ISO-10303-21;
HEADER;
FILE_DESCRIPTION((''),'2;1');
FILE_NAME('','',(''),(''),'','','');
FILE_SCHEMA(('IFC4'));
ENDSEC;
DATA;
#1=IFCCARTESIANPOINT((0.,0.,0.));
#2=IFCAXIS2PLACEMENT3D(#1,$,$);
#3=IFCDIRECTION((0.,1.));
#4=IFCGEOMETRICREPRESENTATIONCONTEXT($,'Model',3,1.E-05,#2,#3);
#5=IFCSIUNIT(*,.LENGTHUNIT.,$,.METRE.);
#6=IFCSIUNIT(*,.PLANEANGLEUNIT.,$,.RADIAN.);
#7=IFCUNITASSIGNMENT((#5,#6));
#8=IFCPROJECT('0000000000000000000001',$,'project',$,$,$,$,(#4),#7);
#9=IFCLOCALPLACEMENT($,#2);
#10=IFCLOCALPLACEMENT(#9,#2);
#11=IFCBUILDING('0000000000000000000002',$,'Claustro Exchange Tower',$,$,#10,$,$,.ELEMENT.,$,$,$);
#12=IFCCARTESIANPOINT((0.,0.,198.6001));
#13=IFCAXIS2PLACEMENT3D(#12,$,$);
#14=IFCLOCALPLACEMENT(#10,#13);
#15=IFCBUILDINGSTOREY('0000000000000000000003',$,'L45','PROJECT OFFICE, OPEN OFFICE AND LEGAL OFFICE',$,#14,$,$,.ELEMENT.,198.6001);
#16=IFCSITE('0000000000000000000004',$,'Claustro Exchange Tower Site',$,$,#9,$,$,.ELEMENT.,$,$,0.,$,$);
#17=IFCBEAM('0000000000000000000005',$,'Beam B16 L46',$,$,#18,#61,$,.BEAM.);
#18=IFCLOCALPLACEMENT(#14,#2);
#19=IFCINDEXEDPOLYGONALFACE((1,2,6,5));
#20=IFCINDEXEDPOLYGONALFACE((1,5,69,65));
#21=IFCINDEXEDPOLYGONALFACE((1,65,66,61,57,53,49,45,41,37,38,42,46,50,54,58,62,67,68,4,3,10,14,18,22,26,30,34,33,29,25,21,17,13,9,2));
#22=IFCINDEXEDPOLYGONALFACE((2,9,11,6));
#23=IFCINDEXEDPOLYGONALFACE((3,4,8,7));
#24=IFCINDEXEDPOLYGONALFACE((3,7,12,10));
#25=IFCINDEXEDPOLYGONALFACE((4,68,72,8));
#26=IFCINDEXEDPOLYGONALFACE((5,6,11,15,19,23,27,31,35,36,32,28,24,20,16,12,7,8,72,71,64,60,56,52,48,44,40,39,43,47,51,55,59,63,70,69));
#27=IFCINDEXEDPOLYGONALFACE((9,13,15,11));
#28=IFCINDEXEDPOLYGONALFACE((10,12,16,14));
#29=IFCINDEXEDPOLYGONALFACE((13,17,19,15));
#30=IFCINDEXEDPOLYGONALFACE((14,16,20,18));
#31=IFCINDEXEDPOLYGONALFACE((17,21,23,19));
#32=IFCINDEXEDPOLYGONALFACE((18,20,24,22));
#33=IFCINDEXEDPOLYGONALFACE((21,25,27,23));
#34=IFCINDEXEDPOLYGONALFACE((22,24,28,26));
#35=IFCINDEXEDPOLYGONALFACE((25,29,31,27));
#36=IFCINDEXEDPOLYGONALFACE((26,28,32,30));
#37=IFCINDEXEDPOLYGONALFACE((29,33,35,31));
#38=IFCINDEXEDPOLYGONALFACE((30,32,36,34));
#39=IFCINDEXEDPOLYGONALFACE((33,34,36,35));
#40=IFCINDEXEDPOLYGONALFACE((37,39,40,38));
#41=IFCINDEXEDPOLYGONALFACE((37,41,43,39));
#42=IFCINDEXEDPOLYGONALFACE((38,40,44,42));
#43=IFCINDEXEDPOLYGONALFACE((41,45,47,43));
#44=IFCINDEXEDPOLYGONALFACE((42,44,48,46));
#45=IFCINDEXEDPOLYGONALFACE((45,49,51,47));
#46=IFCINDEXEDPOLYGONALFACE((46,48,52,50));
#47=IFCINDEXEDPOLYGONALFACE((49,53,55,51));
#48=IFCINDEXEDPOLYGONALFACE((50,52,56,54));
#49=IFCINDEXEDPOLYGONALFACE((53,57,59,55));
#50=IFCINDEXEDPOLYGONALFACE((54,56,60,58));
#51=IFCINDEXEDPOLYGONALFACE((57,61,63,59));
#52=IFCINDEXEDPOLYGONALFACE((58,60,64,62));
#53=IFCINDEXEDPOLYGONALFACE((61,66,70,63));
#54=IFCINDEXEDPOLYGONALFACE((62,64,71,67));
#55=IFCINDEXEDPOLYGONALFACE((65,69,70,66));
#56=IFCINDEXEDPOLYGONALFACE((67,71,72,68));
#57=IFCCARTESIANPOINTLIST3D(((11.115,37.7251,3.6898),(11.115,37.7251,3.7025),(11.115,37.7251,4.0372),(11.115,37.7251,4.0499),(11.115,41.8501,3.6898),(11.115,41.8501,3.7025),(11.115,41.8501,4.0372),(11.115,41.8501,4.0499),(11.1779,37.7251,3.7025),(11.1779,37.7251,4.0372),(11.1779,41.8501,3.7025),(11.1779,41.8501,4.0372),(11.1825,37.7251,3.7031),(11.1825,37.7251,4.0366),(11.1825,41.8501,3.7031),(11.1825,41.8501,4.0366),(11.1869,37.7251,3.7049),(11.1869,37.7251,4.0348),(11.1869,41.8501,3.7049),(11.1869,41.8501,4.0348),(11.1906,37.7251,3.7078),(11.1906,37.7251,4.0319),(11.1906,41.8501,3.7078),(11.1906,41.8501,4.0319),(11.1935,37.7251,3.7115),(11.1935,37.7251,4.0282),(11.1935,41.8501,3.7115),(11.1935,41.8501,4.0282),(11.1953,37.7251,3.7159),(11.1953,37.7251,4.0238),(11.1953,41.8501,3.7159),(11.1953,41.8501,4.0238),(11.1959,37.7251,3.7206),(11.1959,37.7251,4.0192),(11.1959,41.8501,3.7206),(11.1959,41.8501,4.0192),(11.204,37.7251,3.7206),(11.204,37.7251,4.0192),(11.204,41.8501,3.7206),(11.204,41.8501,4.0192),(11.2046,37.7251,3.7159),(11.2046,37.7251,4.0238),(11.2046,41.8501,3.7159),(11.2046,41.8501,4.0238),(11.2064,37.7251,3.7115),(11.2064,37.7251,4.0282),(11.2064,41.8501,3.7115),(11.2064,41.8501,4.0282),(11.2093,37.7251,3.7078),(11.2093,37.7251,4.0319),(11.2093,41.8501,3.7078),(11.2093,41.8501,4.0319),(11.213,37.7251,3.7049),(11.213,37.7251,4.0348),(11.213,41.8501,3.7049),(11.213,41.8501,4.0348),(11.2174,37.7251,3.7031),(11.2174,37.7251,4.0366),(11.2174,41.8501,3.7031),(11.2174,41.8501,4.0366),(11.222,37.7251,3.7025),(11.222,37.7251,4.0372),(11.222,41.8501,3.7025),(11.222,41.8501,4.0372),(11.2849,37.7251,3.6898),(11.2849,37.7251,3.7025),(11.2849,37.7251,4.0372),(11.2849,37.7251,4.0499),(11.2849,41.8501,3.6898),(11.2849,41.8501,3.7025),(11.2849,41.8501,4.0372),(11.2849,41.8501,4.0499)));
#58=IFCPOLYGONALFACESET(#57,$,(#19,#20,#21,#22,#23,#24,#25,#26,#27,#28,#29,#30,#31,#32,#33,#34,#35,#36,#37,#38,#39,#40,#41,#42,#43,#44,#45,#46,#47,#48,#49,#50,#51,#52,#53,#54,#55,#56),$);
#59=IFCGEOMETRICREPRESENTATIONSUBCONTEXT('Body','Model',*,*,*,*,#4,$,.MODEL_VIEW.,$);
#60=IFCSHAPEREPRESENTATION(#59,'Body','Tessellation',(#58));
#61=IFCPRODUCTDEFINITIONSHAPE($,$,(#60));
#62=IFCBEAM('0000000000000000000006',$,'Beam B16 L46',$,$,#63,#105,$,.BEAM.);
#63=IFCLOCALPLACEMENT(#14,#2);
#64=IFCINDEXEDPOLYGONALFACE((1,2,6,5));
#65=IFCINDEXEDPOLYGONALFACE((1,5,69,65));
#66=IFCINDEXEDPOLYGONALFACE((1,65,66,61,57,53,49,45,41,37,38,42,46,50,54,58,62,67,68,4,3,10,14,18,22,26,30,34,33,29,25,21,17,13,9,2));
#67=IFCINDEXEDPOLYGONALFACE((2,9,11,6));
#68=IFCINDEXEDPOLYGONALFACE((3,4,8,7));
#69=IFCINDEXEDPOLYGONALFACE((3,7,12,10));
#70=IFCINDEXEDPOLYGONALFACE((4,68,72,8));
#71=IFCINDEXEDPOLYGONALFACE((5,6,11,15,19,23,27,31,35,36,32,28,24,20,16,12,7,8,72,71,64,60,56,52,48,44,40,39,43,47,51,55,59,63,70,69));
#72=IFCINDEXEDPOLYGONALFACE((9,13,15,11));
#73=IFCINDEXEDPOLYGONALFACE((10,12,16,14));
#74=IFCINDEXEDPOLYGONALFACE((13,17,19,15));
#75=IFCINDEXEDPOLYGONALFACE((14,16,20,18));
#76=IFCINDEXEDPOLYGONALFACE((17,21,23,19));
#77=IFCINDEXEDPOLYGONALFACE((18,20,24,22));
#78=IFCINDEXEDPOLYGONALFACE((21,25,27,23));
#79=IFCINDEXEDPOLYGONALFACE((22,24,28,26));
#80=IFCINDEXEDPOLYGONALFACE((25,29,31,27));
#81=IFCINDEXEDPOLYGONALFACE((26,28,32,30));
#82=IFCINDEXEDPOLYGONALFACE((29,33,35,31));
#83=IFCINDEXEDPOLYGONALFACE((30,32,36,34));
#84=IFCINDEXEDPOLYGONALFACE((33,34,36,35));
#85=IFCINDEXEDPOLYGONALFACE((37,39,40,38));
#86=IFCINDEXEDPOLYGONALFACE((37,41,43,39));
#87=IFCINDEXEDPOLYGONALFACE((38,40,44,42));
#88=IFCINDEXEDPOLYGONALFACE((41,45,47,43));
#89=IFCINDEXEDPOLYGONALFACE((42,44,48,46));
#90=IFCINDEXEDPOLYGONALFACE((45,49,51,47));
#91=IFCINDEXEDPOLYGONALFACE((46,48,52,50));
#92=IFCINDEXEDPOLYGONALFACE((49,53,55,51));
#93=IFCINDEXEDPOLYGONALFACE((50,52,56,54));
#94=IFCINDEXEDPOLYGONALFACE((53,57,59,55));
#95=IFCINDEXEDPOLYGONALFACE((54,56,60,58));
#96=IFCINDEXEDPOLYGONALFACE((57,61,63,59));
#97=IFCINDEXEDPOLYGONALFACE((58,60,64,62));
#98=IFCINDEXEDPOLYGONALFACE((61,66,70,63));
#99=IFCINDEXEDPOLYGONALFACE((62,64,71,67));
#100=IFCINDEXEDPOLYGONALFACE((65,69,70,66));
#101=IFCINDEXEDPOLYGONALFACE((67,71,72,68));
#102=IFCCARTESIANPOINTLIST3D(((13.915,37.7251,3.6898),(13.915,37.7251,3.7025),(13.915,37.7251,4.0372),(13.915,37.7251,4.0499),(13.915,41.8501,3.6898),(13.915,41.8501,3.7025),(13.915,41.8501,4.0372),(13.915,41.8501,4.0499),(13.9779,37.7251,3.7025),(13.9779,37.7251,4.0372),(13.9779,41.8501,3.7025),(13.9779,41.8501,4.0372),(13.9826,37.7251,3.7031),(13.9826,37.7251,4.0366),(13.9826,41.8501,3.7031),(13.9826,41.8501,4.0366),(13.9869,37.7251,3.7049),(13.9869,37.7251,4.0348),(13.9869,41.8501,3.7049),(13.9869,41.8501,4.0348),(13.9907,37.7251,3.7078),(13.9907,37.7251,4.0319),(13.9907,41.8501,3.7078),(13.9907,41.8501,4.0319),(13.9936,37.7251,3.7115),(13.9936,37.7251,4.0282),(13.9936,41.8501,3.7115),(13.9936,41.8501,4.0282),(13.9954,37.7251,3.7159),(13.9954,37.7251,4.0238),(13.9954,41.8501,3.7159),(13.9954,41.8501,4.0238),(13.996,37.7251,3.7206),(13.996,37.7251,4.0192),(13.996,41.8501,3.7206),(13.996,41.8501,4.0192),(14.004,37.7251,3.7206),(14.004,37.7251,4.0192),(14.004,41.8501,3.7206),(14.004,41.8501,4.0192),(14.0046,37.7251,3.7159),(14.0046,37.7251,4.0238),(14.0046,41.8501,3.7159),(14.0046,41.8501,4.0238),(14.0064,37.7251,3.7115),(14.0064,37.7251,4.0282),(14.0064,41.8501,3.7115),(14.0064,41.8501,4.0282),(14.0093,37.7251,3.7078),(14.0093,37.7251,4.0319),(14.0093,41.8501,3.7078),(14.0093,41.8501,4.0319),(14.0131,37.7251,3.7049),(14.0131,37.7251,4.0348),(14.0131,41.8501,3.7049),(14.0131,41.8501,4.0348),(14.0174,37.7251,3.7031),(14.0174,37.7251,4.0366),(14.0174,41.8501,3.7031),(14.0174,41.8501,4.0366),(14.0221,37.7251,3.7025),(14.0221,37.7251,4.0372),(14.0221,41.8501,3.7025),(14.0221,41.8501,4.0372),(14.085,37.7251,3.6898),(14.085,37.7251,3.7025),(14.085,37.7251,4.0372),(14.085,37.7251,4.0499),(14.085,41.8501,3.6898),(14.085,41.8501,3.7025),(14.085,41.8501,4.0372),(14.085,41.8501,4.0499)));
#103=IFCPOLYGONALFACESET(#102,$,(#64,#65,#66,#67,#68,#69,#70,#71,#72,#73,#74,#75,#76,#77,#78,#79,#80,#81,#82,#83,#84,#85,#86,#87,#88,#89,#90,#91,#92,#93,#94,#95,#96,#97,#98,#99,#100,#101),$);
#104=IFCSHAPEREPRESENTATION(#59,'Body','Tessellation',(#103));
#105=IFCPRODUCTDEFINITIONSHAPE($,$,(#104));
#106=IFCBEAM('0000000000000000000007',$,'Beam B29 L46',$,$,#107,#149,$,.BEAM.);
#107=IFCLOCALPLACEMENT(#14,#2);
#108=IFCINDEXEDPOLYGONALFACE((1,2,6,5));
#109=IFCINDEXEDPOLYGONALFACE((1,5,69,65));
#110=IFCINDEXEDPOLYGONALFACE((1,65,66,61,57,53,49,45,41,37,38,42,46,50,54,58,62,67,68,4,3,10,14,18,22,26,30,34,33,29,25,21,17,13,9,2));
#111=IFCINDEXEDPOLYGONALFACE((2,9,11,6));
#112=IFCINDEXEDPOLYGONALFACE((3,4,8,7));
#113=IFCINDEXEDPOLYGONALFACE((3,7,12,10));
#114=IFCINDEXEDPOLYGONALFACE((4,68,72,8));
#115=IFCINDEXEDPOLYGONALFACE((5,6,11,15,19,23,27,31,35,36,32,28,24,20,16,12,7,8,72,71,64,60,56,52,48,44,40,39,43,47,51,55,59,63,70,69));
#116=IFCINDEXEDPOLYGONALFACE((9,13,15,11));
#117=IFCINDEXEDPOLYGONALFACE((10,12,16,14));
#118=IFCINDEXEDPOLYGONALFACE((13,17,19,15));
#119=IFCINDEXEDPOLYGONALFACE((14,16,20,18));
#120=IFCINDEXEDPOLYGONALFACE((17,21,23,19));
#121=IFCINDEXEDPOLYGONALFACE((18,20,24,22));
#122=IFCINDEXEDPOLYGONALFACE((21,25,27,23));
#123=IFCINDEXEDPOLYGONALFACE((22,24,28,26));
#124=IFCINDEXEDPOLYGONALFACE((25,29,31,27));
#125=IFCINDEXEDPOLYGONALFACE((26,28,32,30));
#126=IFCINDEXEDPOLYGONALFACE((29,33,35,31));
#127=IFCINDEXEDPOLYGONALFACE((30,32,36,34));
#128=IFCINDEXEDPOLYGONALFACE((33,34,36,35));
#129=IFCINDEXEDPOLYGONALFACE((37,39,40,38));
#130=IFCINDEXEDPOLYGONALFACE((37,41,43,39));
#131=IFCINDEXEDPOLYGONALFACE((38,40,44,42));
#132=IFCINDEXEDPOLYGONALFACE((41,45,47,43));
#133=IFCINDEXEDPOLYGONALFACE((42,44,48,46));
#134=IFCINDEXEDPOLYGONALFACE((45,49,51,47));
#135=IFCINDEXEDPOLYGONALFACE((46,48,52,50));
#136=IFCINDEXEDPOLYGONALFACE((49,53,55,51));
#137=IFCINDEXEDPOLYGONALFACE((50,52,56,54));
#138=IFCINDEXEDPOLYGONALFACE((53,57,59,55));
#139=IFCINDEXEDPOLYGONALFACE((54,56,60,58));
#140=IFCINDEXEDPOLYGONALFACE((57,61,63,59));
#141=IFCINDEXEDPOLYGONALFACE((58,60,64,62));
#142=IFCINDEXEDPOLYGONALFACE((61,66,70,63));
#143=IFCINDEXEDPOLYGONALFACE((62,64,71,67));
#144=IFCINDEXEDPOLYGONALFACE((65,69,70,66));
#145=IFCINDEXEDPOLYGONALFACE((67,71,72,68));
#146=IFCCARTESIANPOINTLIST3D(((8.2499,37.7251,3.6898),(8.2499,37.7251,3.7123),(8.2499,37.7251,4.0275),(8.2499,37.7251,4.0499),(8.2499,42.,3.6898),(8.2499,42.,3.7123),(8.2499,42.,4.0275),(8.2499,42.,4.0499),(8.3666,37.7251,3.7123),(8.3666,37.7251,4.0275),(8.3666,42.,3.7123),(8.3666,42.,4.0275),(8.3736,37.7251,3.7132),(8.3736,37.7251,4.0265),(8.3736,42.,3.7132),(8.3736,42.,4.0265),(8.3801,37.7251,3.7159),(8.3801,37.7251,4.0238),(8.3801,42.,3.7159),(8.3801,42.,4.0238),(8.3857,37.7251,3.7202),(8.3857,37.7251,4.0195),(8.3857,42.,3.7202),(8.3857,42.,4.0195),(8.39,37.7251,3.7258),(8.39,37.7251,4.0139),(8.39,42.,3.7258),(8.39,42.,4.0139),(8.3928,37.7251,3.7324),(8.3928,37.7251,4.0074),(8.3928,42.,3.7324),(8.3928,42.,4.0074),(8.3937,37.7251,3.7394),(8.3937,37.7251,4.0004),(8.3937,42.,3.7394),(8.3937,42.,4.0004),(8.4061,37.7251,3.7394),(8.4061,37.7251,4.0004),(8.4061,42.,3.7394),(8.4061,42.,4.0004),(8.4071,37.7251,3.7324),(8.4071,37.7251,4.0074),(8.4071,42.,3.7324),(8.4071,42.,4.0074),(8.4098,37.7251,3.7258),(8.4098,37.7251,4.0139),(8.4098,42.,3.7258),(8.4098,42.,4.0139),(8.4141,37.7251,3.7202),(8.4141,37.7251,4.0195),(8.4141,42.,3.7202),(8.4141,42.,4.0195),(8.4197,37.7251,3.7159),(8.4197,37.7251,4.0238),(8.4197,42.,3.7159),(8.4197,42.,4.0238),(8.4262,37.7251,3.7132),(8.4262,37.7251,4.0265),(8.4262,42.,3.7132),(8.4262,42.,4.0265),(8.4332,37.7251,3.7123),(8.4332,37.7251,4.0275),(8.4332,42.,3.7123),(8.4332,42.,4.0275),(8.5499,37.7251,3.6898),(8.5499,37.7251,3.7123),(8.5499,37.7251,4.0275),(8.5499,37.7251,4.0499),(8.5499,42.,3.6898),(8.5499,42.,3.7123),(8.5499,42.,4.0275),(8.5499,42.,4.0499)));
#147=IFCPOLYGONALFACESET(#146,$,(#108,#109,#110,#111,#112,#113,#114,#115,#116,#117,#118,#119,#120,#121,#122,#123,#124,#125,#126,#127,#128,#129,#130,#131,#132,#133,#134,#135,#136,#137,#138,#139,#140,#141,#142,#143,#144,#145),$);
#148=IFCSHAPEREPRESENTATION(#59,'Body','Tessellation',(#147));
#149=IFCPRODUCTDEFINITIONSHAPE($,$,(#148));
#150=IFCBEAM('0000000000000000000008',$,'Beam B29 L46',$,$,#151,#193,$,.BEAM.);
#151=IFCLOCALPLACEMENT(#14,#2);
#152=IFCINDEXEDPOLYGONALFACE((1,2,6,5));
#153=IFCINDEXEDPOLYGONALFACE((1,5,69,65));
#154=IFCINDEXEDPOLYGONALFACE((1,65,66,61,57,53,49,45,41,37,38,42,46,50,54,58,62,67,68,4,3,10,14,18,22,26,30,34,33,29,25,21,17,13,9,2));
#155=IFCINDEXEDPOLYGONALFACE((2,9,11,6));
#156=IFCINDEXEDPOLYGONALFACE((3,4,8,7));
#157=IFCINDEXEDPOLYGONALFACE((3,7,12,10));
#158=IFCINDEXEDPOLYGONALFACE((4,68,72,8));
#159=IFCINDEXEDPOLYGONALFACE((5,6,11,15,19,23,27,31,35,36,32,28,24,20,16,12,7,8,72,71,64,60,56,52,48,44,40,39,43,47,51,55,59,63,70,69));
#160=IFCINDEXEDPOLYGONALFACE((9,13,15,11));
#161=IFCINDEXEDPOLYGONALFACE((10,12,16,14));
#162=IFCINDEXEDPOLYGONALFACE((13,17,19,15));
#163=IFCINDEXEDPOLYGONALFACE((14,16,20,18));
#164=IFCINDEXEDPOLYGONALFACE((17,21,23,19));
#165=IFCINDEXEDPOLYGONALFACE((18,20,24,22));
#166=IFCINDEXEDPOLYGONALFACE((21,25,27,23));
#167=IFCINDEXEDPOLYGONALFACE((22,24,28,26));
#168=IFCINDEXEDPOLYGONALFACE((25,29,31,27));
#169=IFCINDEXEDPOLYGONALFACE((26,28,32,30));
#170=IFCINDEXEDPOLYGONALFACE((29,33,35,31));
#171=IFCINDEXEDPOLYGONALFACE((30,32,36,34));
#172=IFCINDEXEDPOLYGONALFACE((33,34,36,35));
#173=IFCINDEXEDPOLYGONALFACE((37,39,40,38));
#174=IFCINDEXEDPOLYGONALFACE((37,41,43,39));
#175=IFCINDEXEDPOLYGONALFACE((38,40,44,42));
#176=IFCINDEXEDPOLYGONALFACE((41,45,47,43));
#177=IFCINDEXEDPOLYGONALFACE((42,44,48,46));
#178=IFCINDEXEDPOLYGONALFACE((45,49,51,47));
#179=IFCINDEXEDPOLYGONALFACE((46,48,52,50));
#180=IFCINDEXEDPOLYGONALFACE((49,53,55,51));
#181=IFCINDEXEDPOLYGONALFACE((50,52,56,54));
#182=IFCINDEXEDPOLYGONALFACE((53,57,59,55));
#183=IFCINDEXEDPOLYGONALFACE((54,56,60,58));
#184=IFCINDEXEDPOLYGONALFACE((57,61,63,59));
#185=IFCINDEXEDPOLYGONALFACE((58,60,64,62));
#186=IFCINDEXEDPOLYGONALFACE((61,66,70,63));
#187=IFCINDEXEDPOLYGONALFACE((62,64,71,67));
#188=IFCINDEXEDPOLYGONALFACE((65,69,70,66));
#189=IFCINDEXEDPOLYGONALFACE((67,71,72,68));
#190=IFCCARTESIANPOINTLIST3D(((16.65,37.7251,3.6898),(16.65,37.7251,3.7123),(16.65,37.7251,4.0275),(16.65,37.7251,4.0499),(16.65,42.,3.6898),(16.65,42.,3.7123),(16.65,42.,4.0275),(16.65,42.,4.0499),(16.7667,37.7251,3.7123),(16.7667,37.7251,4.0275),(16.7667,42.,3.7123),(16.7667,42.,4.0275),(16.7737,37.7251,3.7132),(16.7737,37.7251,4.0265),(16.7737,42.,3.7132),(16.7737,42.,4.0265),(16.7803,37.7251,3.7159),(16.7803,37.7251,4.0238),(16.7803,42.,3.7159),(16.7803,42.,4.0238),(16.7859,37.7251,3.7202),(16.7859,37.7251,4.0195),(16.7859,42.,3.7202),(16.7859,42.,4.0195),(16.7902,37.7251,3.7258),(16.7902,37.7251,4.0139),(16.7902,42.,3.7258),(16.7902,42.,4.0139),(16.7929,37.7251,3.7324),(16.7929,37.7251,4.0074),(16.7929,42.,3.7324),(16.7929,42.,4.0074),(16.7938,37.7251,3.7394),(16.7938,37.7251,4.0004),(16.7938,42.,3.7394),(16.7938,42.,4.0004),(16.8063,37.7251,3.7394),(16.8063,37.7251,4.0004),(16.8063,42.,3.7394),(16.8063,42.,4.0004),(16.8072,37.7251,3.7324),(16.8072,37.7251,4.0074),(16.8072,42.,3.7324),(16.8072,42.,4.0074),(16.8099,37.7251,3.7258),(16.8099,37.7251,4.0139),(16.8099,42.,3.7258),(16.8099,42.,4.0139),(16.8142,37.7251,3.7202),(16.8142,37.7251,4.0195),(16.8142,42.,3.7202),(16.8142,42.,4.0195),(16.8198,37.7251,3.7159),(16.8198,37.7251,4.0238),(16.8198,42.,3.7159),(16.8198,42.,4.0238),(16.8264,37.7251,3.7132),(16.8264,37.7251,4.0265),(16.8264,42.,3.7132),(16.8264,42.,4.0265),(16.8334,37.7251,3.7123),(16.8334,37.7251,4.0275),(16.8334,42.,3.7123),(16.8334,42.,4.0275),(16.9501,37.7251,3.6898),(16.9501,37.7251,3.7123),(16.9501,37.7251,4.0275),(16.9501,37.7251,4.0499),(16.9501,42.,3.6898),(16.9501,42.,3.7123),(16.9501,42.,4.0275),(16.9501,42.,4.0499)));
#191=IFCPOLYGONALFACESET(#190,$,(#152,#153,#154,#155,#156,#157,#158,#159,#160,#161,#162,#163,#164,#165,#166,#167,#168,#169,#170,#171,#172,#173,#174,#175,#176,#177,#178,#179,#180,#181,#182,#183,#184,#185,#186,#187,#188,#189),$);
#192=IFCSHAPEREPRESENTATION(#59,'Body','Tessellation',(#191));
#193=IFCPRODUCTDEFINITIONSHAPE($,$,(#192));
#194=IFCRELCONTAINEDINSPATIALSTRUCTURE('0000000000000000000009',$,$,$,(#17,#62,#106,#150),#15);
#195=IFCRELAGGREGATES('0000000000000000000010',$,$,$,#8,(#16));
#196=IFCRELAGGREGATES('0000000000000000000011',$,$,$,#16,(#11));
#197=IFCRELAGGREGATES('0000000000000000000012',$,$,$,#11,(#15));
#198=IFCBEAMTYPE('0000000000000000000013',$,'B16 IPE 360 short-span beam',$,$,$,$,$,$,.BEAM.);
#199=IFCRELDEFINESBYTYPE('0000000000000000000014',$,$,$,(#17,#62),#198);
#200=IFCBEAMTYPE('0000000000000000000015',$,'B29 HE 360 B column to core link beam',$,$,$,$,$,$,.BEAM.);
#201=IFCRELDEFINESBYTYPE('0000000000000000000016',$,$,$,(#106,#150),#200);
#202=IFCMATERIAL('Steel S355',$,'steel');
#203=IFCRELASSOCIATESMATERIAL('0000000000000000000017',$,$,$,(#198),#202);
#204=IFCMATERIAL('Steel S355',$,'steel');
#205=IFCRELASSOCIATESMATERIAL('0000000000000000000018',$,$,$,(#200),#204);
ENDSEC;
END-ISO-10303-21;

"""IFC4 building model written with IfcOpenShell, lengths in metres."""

from ifc_helpers import new_model, si_unit, direction, frame, origin, origin_2d, place, context, subcontext, project, spatial, i_section, extrude, material, material_profile, profile_set, type_object, element, save


model = new_model("IFC4")

# Units and contexts
model_context = context("Model", 3, precision=1e-05, world=origin(), true_north=direction((0.0, 1.0)))
body_context = subcontext(model_context, "Body", "Model", "MODEL_VIEW")
ifc_project = project(units=[si_unit("LENGTHUNIT", "METRE"), si_unit("PLANEANGLEUNIT", "RADIAN")], contexts=[model_context])

# Site, building, storey
site_placement = place(None, origin())
site = spatial("IfcSite", under=ifc_project, at=site_placement, Name="Claustro Exchange Tower Site", CompositionType="ELEMENT", RefElevation=0.0)
building_placement = place(site_placement, origin())
building = spatial("IfcBuilding", under=site, at=building_placement, Name="Claustro Exchange Tower", CompositionType="ELEMENT")
storey_placement = place(building_placement, frame((0.0, 0.0, 198.6001)))
storey = spatial("IfcBuildingStorey", under=building, at=storey_placement, Name="L45", Description="PROJECT OFFICE, OPEN OFFICE AND LEGAL OFFICE", CompositionType="ELEMENT", Elevation=198.6001)

# Beams
ifc_material_1 = material(Name="Steel S355", Category="steel")
ifc_material_profile_1 = material_profile(ifc_material_1, i_section(OverallWidth=0.1699, OverallDepth=0.3601, WebThickness=0.0081, FlangeThickness=0.0127, FilletRadius=0.0181, at=origin_2d()), Name="IPE 360")
ifc_profile_set_1 = profile_set([ifc_material_profile_1], Name="Steel S355")
beam_type_1 = type_object("IfcBeamType", Name="B16 IPE 360 short-span beam", PredefinedType="BEAM", material=ifc_profile_set_1)
for number, where, z_axis, x_axis, name in (
    (1, (11.2, 37.7251, 3.8699), (0.0, 1.0, 0.0), (-1.0, 0.0, 0.0), "Beam B16 L46"),
    (2, (14.0, 37.7251, 3.8699), (0.0, 1.0, 0.0), (-1.0, 0.0, 0.0), "Beam B16 L46"),
):
    element("IfcBeam", number, at=place(storey_placement, frame(where, z_axis=z_axis, x_axis=x_axis)), inside=storey, type_object=beam_type_1, Name=name, PredefinedType="BEAM", context=body_context, shape_type="SweptSolid", body=[
        extrude(i_section(OverallWidth=0.1699, OverallDepth=0.3601, WebThickness=0.0081, FlangeThickness=0.0127, FilletRadius=0.0181, at=origin_2d()), origin(), (0.0, 0.0, 1.0), 4.125),
    ])
ifc_material_2 = material(Name="Steel S355", Category="steel")
ifc_material_profile_2 = material_profile(ifc_material_2, i_section(OverallWidth=0.3, OverallDepth=0.3601, WebThickness=0.0125, FlangeThickness=0.0225, FilletRadius=0.0271, at=origin_2d()), Name="HE 360 B")
ifc_profile_set_2 = profile_set([ifc_material_profile_2], Name="Steel S355")
beam_type_2 = type_object("IfcBeamType", Name="B29 HE 360 B column to core link beam", PredefinedType="BEAM", material=ifc_profile_set_2)
for number, where, z_axis, x_axis, name in (
    (3, (8.3999, 37.7251, 3.8699), (0.0, 1.0, 0.0), (-1.0, 0.0, 0.0), "Beam B29 L46"),
    (4, (16.8, 37.7251, 3.8699), (0.0, 1.0, 0.0), (-1.0, 0.0, 0.0), "Beam B29 L46"),
):
    element("IfcBeam", number, at=place(storey_placement, frame(where, z_axis=z_axis, x_axis=x_axis)), inside=storey, type_object=beam_type_2, Name=name, PredefinedType="BEAM", context=body_context, shape_type="SweptSolid", body=[
        extrude(i_section(OverallWidth=0.3, OverallDepth=0.3601, WebThickness=0.0125, FlangeThickness=0.0225, FilletRadius=0.0271, at=origin_2d()), origin(), (0.0, 0.0, 1.0), 4.2749),
    ])

save(model, "model.ifc")
